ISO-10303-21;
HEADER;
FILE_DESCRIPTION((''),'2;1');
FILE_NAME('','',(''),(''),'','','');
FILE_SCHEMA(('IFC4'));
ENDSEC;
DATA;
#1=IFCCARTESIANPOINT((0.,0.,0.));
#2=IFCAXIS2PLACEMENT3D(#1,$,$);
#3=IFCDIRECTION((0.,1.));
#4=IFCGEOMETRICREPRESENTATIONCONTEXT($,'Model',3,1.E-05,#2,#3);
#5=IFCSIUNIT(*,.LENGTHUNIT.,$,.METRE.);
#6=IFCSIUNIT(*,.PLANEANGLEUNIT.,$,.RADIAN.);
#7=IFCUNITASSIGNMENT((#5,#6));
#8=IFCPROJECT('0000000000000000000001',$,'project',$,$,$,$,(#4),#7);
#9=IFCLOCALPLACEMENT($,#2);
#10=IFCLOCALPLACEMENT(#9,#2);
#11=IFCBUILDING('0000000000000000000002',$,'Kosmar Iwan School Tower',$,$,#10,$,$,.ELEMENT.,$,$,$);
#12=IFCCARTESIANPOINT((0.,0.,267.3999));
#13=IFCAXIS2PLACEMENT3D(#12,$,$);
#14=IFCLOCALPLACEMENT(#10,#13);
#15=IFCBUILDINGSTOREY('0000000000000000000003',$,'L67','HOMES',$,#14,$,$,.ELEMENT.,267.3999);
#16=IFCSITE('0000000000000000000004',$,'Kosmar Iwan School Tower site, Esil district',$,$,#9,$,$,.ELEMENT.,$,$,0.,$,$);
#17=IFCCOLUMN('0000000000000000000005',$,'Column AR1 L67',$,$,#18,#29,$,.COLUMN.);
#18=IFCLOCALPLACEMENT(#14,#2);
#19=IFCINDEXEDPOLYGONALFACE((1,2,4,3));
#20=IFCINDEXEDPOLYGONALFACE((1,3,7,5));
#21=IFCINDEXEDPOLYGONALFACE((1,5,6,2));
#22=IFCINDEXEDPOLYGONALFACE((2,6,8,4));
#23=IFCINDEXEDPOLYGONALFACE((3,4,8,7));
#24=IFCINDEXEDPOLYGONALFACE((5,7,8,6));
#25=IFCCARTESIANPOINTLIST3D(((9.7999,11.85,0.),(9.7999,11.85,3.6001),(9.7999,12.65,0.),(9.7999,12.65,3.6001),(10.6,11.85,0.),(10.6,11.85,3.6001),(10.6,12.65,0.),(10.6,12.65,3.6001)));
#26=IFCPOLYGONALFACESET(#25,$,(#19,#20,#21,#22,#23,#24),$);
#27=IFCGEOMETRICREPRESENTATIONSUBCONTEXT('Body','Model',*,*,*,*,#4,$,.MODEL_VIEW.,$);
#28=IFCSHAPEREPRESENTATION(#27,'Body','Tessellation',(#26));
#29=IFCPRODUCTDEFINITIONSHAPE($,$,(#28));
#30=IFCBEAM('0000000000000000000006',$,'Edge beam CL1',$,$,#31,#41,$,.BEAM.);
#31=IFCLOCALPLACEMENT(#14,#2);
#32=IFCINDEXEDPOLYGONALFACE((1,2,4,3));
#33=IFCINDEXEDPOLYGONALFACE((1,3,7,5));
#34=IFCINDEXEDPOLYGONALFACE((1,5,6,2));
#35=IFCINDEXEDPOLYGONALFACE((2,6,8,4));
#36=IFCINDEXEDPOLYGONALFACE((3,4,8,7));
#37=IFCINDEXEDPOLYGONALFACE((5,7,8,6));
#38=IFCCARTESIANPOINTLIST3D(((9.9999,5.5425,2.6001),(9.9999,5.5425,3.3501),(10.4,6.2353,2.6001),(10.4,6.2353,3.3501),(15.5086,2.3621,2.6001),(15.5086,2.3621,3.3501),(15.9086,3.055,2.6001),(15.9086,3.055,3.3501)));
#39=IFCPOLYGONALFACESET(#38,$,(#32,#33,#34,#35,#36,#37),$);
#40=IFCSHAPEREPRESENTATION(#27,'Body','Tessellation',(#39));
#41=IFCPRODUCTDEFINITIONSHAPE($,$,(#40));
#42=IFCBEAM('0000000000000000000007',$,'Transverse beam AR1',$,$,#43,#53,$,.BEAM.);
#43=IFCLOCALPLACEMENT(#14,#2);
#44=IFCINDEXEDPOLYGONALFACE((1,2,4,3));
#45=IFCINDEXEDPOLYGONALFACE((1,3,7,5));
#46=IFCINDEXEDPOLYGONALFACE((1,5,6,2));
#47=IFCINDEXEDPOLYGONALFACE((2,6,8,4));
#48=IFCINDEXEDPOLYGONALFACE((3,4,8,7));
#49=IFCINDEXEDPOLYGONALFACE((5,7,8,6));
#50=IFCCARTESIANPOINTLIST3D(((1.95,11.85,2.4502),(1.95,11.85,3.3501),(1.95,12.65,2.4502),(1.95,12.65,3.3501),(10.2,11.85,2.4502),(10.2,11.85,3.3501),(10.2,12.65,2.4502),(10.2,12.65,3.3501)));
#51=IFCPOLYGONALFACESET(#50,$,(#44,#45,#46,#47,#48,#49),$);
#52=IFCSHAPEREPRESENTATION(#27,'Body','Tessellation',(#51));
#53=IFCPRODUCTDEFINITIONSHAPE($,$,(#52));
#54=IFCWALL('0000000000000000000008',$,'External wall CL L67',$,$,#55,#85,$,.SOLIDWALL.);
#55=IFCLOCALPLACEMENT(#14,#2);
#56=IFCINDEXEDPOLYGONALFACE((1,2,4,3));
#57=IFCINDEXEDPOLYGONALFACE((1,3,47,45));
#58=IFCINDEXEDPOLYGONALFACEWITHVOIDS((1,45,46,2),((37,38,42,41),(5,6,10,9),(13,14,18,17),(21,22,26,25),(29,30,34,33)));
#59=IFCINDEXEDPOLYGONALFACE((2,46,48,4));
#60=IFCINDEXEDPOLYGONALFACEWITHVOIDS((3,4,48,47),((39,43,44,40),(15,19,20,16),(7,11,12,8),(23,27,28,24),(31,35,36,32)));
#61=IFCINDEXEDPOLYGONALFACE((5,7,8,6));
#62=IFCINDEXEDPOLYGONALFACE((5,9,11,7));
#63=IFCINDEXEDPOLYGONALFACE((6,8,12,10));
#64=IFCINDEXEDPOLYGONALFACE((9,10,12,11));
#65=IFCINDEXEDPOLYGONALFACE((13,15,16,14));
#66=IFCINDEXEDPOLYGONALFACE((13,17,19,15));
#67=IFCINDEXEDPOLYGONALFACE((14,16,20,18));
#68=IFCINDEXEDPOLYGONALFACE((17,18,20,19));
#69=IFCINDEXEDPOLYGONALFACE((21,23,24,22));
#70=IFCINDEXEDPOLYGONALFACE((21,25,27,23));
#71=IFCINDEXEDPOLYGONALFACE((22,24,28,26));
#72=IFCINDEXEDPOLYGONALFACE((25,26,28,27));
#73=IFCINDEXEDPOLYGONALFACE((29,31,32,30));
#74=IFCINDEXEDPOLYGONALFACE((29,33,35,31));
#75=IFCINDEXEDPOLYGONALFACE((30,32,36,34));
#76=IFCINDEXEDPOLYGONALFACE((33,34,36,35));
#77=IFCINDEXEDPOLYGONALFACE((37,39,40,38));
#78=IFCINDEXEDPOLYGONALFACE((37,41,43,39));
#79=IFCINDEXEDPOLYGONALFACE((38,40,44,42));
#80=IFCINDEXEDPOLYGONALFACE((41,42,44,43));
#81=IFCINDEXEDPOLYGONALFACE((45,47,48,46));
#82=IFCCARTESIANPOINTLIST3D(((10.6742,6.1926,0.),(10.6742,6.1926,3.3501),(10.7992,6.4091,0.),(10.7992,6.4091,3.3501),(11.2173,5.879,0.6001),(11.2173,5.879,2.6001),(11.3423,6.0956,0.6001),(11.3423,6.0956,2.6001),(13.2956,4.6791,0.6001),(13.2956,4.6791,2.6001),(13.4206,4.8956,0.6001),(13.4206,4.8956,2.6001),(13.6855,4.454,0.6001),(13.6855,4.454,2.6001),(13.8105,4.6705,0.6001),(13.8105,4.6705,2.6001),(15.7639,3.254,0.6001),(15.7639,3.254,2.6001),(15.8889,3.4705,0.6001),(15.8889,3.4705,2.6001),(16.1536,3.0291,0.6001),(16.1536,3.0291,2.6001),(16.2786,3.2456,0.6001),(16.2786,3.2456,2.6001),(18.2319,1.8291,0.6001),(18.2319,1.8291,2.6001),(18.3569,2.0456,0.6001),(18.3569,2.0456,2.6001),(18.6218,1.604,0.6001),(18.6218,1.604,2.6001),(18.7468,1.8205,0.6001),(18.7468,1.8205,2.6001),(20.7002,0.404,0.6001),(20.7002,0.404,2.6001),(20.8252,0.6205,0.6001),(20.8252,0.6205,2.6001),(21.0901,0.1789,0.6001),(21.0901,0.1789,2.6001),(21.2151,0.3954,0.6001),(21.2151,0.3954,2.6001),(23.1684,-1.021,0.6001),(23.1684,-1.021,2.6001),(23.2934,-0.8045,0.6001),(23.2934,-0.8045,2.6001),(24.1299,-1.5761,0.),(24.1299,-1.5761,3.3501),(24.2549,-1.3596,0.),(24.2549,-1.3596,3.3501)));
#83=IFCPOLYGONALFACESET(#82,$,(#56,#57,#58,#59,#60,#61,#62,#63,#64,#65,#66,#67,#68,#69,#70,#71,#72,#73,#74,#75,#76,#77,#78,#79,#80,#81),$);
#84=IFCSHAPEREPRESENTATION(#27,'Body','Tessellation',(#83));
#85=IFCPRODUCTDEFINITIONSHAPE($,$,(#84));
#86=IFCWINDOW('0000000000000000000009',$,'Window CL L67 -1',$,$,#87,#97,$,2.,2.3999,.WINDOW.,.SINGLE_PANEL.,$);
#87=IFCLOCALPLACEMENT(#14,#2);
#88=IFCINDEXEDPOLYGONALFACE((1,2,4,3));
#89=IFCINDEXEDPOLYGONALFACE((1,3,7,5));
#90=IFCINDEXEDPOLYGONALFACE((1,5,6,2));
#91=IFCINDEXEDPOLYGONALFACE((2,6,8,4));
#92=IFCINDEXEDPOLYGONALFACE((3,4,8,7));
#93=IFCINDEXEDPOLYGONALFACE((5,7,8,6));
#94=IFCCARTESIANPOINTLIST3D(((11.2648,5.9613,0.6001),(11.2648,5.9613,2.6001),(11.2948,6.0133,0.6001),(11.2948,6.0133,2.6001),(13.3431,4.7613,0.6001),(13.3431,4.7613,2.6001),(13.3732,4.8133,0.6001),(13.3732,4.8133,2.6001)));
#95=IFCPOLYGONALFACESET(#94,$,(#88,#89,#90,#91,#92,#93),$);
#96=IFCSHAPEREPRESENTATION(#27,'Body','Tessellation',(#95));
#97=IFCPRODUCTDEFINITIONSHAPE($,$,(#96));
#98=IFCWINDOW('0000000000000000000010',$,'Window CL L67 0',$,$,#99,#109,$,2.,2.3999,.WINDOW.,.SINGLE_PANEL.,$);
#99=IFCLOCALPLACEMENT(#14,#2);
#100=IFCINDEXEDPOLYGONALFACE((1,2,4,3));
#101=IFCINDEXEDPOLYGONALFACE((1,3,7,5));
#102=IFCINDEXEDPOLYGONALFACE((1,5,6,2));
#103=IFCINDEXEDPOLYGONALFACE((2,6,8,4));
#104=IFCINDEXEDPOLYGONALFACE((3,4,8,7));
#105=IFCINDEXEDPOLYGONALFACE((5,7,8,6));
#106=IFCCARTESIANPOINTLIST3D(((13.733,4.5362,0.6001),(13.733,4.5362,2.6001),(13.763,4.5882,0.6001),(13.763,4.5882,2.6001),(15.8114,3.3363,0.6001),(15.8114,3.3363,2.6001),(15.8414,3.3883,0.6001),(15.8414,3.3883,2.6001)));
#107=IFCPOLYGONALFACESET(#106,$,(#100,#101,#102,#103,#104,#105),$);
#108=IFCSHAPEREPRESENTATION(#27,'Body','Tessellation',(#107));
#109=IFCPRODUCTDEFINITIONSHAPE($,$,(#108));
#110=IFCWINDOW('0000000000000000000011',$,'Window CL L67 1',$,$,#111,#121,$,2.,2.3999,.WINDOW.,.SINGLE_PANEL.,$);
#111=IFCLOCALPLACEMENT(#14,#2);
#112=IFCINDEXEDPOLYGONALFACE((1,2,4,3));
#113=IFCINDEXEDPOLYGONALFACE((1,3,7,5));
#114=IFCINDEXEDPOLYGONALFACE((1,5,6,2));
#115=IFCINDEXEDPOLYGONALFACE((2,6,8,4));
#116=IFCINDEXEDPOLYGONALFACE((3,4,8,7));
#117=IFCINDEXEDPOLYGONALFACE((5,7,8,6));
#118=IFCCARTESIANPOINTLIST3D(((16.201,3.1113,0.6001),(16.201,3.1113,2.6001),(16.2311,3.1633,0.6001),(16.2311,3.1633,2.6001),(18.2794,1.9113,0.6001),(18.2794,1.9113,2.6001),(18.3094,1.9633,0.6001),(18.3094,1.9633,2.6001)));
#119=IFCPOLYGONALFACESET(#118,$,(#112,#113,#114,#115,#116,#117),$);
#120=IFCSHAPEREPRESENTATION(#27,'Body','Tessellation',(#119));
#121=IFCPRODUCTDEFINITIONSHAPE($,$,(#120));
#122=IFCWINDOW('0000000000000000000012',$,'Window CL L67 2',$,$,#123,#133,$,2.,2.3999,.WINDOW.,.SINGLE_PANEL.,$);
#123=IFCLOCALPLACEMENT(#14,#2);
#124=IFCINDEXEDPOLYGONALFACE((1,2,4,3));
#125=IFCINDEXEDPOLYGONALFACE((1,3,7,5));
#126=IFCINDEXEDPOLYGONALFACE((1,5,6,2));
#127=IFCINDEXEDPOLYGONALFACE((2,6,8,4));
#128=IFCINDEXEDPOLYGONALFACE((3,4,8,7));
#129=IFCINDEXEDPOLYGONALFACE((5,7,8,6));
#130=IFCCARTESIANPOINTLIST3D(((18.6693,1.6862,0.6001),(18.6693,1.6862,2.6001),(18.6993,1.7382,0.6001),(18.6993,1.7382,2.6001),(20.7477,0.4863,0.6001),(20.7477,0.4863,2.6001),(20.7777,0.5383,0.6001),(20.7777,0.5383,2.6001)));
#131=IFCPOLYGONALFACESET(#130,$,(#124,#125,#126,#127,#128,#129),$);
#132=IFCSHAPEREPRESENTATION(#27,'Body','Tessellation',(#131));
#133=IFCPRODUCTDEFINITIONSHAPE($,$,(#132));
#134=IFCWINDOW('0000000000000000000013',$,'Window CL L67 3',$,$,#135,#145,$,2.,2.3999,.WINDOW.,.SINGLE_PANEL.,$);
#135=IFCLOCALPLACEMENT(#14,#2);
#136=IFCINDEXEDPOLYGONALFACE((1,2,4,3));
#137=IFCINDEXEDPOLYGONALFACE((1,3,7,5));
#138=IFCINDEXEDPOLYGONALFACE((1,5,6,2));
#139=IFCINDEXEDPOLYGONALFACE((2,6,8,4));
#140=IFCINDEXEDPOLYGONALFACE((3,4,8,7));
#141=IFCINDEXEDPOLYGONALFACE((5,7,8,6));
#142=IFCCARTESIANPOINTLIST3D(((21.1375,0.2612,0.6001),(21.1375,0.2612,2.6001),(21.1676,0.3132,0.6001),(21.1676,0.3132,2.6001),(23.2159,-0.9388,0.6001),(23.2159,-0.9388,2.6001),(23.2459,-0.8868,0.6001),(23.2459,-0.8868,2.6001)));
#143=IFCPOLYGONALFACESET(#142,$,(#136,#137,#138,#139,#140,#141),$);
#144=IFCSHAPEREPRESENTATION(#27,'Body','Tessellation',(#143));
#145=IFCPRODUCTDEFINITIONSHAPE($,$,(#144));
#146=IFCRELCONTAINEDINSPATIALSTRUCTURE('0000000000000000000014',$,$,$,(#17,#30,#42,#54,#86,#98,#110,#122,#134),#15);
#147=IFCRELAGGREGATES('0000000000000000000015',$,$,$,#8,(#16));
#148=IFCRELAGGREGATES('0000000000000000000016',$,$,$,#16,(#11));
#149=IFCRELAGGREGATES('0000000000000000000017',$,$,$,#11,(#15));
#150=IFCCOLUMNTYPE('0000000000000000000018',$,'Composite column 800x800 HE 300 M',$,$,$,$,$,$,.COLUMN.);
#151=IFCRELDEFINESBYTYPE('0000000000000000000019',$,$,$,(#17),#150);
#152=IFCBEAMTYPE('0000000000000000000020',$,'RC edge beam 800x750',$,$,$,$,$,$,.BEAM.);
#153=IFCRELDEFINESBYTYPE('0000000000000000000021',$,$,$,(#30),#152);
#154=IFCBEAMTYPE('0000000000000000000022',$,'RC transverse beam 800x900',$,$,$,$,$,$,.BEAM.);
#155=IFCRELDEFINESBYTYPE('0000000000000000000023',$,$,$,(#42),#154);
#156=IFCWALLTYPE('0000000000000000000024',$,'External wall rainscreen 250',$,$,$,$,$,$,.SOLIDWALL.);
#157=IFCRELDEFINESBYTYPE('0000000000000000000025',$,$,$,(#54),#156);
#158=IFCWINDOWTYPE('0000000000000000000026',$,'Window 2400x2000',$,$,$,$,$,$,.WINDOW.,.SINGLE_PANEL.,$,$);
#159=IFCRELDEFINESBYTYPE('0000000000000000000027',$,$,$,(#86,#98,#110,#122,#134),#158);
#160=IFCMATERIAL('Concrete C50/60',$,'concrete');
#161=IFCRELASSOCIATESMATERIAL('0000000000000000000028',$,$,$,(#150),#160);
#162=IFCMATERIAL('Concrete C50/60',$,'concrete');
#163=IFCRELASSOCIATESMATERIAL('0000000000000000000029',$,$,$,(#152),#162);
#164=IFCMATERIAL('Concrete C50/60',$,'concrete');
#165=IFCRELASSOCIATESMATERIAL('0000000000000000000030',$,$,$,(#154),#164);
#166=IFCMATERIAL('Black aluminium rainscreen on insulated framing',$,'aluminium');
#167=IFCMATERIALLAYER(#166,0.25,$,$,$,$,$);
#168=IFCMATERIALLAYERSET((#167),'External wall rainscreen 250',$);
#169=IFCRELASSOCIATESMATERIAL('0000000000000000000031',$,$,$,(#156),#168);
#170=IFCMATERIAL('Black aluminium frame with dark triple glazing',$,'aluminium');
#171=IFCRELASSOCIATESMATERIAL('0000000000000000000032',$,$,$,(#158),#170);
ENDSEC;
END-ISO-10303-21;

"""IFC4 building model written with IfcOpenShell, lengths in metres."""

from ifc_helpers import new_model, si_unit, direction, frame, frame_2d, origin, origin_2d, place, context, subcontext, project, spatial, rectangle, extrude, material, layer, layer_set, material_profile, profile_set, type_object, element, fill, save


model = new_model("IFC4")

# Units and contexts
model_context = context("Model", 3, precision=1e-05, world=origin(), true_north=direction((0.0, 1.0)))
body_context = subcontext(model_context, "Body", "Model", "MODEL_VIEW")
ifc_project = project(units=[si_unit("LENGTHUNIT", "METRE"), si_unit("PLANEANGLEUNIT", "RADIAN")], contexts=[model_context])

# Site, building, storey
site_placement = place(None, origin())
site = spatial("IfcSite", under=ifc_project, at=site_placement, Name="Kosmar Iwan School Tower site, Esil district", CompositionType="ELEMENT", RefElevation=0.0)
building_placement = place(site_placement, origin())
building = spatial("IfcBuilding", under=site, at=building_placement, Name="Kosmar Iwan School Tower", CompositionType="ELEMENT")
storey_placement = place(building_placement, frame((0.0, 0.0, 267.3999)))
storey = spatial("IfcBuildingStorey", under=building, at=storey_placement, Name="L67", Description="HOMES", CompositionType="ELEMENT", Elevation=267.3999)

# Column
ifc_material_1 = material(Name="Concrete C50/60", Category="concrete")
ifc_material_profile_1 = material_profile(ifc_material_1, rectangle(XDim=0.8, YDim=0.8, at=origin_2d()), Name="RC 800x800 + HE 300 M")
ifc_profile_set_1 = profile_set([ifc_material_profile_1], Name="Concrete C50/60")
column_type = type_object("IfcColumnType", Name="Composite column 800x800 HE 300 M", PredefinedType="COLUMN", material=ifc_profile_set_1)
column_placement = place(storey_placement, frame((10.2, 12.25, 0.0), z_axis=(0.0, 0.0, 1.0), x_axis=(0.0, 1.0, 0.0)))
element("IfcColumn", 1, at=column_placement, inside=storey, type_object=column_type, Name="Column AR1 L67", PredefinedType="COLUMN", context=body_context, shape_type="SweptSolid", body=[
    extrude(rectangle(XDim=0.8, YDim=0.8, at=origin_2d()), origin(), (0.0, 0.0, 1.0), 3.6001),
])

# Beams
ifc_material_2 = material(Name="Concrete C50/60", Category="concrete")
ifc_material_profile_2 = material_profile(ifc_material_2, rectangle(XDim=0.8, YDim=0.75, at=origin_2d()), Name="RC 800x750")
ifc_profile_set_2 = profile_set([ifc_material_profile_2], Name="Concrete C50/60")
beam_type_1 = type_object("IfcBeamType", Name="RC edge beam 800x750", PredefinedType="BEAM", material=ifc_profile_set_2)
beam_1_placement = place(storey_placement, frame((10.2, 5.8889, 2.9751), z_axis=(0.866031, -0.49999, 0.0), x_axis=(0.49999, 0.866031, 0.0)))
element("IfcBeam", 2, at=beam_1_placement, inside=storey, type_object=beam_type_1, Name="Edge beam CL1", PredefinedType="BEAM", context=body_context, shape_type="SweptSolid", body=[
    extrude(rectangle(XDim=0.8, YDim=0.75, at=origin_2d()), origin(), (0.0, 0.0, 1.0), 6.3608),
])
ifc_material_3 = material(Name="Concrete C50/60", Category="concrete")
ifc_material_profile_3 = material_profile(ifc_material_3, rectangle(XDim=0.8, YDim=0.8999, at=origin_2d()), Name="RC 800x900")
ifc_profile_set_3 = profile_set([ifc_material_profile_3], Name="Concrete C50/60")
beam_type_2 = type_object("IfcBeamType", Name="RC transverse beam 800x900", PredefinedType="BEAM", material=ifc_profile_set_3)
beam_2_placement = place(storey_placement, frame((10.2, 12.25, 2.9001), z_axis=(-1.0, 0.0, 0.0), x_axis=(0.0, -1.0, 0.0)))
element("IfcBeam", 3, at=beam_2_placement, inside=storey, type_object=beam_type_2, Name="Transverse beam AR1", PredefinedType="BEAM", context=body_context, shape_type="SweptSolid", body=[
    extrude(rectangle(XDim=0.8, YDim=0.8999, at=origin_2d()), origin(), (0.0, 0.0, 1.0), 8.25),
])

# Wall, openings, windows
ifc_material_4 = material(Name="Black aluminium rainscreen on insulated framing", Category="aluminium")
ifc_layer = layer(ifc_material_4, 0.25)
ifc_layer_set = layer_set([ifc_layer], Name="External wall rainscreen 250")
wall_type = type_object("IfcWallType", Name="External wall rainscreen 250", PredefinedType="SOLIDWALL", material=ifc_layer_set)
wall_1_placement = place(storey_placement, frame((10.7368, 6.3008, 0.0), z_axis=(0.0, 0.0, 1.0), x_axis=(0.866023, -0.500004, 0.0)))
wall_1 = element("IfcWall", 4, at=wall_1_placement, inside=storey, type_object=wall_type, Name="External wall CL L67", PredefinedType="SOLIDWALL", context=body_context, shape_type="SweptSolid", body=[
    extrude(rectangle(XDim=15.5374, YDim=0.25, at=frame_2d((7.7686, 0.0))), origin(), (0.0, 0.0, 1.0), 3.3501),
])
opening_1_placement = place(wall_1_placement, frame((0.627, 0.0, 0.6001)))
opening_1 = element("IfcOpeningElement", 5, at=opening_1_placement, cuts=wall_1, PredefinedType="OPENING", context=body_context, shape_type="SweptSolid", body=[
    extrude(rectangle(XDim=2.3999, YDim=2.0, at=frame_2d((1.2, 1.0))), frame((0.0, 0.137, 0.0), z_axis=(0.0, -1.0, 0.0), x_axis=(1.0, 0.0, 0.0)), (0.0, 0.0, 1.0), 0.2739),
])
opening_2_placement = place(wall_1_placement, frame((3.4771, 0.0, 0.6001)))
opening_2 = element("IfcOpeningElement", 6, at=opening_2_placement, cuts=wall_1, PredefinedType="OPENING", context=body_context, shape_type="SweptSolid", body=[
    extrude(rectangle(XDim=2.3999, YDim=2.0, at=frame_2d((1.2, 1.0))), frame((0.0, 0.137, 0.0), z_axis=(0.0, -1.0, 0.0), x_axis=(1.0, 0.0, 0.0)), (0.0, 0.0, 1.0), 0.2739),
])
opening_3_placement = place(wall_1_placement, frame((6.3269, 0.0, 0.6001)))
opening_3 = element("IfcOpeningElement", 7, at=opening_3_placement, cuts=wall_1, PredefinedType="OPENING", context=body_context, shape_type="SweptSolid", body=[
    extrude(rectangle(XDim=2.3999, YDim=2.0, at=frame_2d((1.2, 1.0))), frame((0.0, 0.137, 0.0), z_axis=(0.0, -1.0, 0.0), x_axis=(1.0, 0.0, 0.0)), (0.0, 0.0, 1.0), 0.2739),
])
opening_4_placement = place(wall_1_placement, frame((9.177, 0.0, 0.6001)))
opening_4 = element("IfcOpeningElement", 8, at=opening_4_placement, cuts=wall_1, PredefinedType="OPENING", context=body_context, shape_type="SweptSolid", body=[
    extrude(rectangle(XDim=2.3999, YDim=2.0, at=frame_2d((1.2, 1.0))), frame((0.0, 0.137, 0.0), z_axis=(0.0, -1.0, 0.0), x_axis=(1.0, 0.0, 0.0)), (0.0, 0.0, 1.0), 0.2739),
])
opening_5_placement = place(wall_1_placement, frame((12.0271, 0.0, 0.6001)))
opening_5 = element("IfcOpeningElement", 9, at=opening_5_placement, cuts=wall_1, PredefinedType="OPENING", context=body_context, shape_type="SweptSolid", body=[
    extrude(rectangle(XDim=2.3999, YDim=2.0, at=frame_2d((1.2, 1.0))), frame((0.0, 0.137, 0.0), z_axis=(0.0, -1.0, 0.0), x_axis=(1.0, 0.0, 0.0)), (0.0, 0.0, 1.0), 0.2739),
])
ifc_material_5 = material(Name="Black aluminium frame with dark triple glazing", Category="aluminium")
window_type = type_object("IfcWindowType", Name="Window 2400x2000", PartitioningType="SINGLE_PANEL", PredefinedType="WINDOW", material=ifc_material_5)
window_1_placement = place(opening_1_placement, origin())
window_1 = element("IfcWindow", 10, at=window_1_placement, inside=storey, type_object=window_type, Name="Window CL L67 -1", OverallHeight=2.0, OverallWidth=2.3999, PartitioningType="SINGLE_PANEL", PredefinedType="WINDOW", context=body_context, shape_type="SweptSolid", body=[
    extrude(rectangle(XDim=2.3999, YDim=2.0, at=frame_2d((1.2, 1.0))), frame((0.0, 0.03, 0.0), z_axis=(0.0, -1.0, 0.0), x_axis=(1.0, 0.0, 0.0)), (0.0, 0.0, 1.0), 0.0601),
])
fill(opening_1, window_1)
window_2_placement = place(opening_2_placement, origin())
window_2 = element("IfcWindow", 11, at=window_2_placement, inside=storey, type_object=window_type, Name="Window CL L67 0", OverallHeight=2.0, OverallWidth=2.3999, PartitioningType="SINGLE_PANEL", PredefinedType="WINDOW", context=body_context, shape_type="SweptSolid", body=[
    extrude(rectangle(XDim=2.3999, YDim=2.0, at=frame_2d((1.2, 1.0))), frame((0.0, 0.03, 0.0), z_axis=(0.0, -1.0, 0.0), x_axis=(1.0, 0.0, 0.0)), (0.0, 0.0, 1.0), 0.0601),
])
fill(opening_2, window_2)
window_3_placement = place(opening_3_placement, origin())
window_3 = element("IfcWindow", 12, at=window_3_placement, inside=storey, type_object=window_type, Name="Window CL L67 1", OverallHeight=2.0, OverallWidth=2.3999, PartitioningType="SINGLE_PANEL", PredefinedType="WINDOW", context=body_context, shape_type="SweptSolid", body=[
    extrude(rectangle(XDim=2.3999, YDim=2.0, at=frame_2d((1.2, 1.0))), frame((0.0, 0.03, 0.0), z_axis=(0.0, -1.0, 0.0), x_axis=(1.0, 0.0, 0.0)), (0.0, 0.0, 1.0), 0.0601),
])
fill(opening_3, window_3)
window_4_placement = place(opening_4_placement, origin())
window_4 = element("IfcWindow", 13, at=window_4_placement, inside=storey, type_object=window_type, Name="Window CL L67 2", OverallHeight=2.0, OverallWidth=2.3999, PartitioningType="SINGLE_PANEL", PredefinedType="WINDOW", context=body_context, shape_type="SweptSolid", body=[
    extrude(rectangle(XDim=2.3999, YDim=2.0, at=frame_2d((1.2, 1.0))), frame((0.0, 0.03, 0.0), z_axis=(0.0, -1.0, 0.0), x_axis=(1.0, 0.0, 0.0)), (0.0, 0.0, 1.0), 0.0601),
])
fill(opening_4, window_4)
window_5_placement = place(opening_5_placement, origin())
window_5 = element("IfcWindow", 14, at=window_5_placement, inside=storey, type_object=window_type, Name="Window CL L67 3", OverallHeight=2.0, OverallWidth=2.3999, PartitioningType="SINGLE_PANEL", PredefinedType="WINDOW", context=body_context, shape_type="SweptSolid", body=[
    extrude(rectangle(XDim=2.3999, YDim=2.0, at=frame_2d((1.2, 1.0))), frame((0.0, 0.03, 0.0), z_axis=(0.0, -1.0, 0.0), x_axis=(1.0, 0.0, 0.0)), (0.0, 0.0, 1.0), 0.0601),
])
fill(opening_5, window_5)

save(model, "model.ifc")
